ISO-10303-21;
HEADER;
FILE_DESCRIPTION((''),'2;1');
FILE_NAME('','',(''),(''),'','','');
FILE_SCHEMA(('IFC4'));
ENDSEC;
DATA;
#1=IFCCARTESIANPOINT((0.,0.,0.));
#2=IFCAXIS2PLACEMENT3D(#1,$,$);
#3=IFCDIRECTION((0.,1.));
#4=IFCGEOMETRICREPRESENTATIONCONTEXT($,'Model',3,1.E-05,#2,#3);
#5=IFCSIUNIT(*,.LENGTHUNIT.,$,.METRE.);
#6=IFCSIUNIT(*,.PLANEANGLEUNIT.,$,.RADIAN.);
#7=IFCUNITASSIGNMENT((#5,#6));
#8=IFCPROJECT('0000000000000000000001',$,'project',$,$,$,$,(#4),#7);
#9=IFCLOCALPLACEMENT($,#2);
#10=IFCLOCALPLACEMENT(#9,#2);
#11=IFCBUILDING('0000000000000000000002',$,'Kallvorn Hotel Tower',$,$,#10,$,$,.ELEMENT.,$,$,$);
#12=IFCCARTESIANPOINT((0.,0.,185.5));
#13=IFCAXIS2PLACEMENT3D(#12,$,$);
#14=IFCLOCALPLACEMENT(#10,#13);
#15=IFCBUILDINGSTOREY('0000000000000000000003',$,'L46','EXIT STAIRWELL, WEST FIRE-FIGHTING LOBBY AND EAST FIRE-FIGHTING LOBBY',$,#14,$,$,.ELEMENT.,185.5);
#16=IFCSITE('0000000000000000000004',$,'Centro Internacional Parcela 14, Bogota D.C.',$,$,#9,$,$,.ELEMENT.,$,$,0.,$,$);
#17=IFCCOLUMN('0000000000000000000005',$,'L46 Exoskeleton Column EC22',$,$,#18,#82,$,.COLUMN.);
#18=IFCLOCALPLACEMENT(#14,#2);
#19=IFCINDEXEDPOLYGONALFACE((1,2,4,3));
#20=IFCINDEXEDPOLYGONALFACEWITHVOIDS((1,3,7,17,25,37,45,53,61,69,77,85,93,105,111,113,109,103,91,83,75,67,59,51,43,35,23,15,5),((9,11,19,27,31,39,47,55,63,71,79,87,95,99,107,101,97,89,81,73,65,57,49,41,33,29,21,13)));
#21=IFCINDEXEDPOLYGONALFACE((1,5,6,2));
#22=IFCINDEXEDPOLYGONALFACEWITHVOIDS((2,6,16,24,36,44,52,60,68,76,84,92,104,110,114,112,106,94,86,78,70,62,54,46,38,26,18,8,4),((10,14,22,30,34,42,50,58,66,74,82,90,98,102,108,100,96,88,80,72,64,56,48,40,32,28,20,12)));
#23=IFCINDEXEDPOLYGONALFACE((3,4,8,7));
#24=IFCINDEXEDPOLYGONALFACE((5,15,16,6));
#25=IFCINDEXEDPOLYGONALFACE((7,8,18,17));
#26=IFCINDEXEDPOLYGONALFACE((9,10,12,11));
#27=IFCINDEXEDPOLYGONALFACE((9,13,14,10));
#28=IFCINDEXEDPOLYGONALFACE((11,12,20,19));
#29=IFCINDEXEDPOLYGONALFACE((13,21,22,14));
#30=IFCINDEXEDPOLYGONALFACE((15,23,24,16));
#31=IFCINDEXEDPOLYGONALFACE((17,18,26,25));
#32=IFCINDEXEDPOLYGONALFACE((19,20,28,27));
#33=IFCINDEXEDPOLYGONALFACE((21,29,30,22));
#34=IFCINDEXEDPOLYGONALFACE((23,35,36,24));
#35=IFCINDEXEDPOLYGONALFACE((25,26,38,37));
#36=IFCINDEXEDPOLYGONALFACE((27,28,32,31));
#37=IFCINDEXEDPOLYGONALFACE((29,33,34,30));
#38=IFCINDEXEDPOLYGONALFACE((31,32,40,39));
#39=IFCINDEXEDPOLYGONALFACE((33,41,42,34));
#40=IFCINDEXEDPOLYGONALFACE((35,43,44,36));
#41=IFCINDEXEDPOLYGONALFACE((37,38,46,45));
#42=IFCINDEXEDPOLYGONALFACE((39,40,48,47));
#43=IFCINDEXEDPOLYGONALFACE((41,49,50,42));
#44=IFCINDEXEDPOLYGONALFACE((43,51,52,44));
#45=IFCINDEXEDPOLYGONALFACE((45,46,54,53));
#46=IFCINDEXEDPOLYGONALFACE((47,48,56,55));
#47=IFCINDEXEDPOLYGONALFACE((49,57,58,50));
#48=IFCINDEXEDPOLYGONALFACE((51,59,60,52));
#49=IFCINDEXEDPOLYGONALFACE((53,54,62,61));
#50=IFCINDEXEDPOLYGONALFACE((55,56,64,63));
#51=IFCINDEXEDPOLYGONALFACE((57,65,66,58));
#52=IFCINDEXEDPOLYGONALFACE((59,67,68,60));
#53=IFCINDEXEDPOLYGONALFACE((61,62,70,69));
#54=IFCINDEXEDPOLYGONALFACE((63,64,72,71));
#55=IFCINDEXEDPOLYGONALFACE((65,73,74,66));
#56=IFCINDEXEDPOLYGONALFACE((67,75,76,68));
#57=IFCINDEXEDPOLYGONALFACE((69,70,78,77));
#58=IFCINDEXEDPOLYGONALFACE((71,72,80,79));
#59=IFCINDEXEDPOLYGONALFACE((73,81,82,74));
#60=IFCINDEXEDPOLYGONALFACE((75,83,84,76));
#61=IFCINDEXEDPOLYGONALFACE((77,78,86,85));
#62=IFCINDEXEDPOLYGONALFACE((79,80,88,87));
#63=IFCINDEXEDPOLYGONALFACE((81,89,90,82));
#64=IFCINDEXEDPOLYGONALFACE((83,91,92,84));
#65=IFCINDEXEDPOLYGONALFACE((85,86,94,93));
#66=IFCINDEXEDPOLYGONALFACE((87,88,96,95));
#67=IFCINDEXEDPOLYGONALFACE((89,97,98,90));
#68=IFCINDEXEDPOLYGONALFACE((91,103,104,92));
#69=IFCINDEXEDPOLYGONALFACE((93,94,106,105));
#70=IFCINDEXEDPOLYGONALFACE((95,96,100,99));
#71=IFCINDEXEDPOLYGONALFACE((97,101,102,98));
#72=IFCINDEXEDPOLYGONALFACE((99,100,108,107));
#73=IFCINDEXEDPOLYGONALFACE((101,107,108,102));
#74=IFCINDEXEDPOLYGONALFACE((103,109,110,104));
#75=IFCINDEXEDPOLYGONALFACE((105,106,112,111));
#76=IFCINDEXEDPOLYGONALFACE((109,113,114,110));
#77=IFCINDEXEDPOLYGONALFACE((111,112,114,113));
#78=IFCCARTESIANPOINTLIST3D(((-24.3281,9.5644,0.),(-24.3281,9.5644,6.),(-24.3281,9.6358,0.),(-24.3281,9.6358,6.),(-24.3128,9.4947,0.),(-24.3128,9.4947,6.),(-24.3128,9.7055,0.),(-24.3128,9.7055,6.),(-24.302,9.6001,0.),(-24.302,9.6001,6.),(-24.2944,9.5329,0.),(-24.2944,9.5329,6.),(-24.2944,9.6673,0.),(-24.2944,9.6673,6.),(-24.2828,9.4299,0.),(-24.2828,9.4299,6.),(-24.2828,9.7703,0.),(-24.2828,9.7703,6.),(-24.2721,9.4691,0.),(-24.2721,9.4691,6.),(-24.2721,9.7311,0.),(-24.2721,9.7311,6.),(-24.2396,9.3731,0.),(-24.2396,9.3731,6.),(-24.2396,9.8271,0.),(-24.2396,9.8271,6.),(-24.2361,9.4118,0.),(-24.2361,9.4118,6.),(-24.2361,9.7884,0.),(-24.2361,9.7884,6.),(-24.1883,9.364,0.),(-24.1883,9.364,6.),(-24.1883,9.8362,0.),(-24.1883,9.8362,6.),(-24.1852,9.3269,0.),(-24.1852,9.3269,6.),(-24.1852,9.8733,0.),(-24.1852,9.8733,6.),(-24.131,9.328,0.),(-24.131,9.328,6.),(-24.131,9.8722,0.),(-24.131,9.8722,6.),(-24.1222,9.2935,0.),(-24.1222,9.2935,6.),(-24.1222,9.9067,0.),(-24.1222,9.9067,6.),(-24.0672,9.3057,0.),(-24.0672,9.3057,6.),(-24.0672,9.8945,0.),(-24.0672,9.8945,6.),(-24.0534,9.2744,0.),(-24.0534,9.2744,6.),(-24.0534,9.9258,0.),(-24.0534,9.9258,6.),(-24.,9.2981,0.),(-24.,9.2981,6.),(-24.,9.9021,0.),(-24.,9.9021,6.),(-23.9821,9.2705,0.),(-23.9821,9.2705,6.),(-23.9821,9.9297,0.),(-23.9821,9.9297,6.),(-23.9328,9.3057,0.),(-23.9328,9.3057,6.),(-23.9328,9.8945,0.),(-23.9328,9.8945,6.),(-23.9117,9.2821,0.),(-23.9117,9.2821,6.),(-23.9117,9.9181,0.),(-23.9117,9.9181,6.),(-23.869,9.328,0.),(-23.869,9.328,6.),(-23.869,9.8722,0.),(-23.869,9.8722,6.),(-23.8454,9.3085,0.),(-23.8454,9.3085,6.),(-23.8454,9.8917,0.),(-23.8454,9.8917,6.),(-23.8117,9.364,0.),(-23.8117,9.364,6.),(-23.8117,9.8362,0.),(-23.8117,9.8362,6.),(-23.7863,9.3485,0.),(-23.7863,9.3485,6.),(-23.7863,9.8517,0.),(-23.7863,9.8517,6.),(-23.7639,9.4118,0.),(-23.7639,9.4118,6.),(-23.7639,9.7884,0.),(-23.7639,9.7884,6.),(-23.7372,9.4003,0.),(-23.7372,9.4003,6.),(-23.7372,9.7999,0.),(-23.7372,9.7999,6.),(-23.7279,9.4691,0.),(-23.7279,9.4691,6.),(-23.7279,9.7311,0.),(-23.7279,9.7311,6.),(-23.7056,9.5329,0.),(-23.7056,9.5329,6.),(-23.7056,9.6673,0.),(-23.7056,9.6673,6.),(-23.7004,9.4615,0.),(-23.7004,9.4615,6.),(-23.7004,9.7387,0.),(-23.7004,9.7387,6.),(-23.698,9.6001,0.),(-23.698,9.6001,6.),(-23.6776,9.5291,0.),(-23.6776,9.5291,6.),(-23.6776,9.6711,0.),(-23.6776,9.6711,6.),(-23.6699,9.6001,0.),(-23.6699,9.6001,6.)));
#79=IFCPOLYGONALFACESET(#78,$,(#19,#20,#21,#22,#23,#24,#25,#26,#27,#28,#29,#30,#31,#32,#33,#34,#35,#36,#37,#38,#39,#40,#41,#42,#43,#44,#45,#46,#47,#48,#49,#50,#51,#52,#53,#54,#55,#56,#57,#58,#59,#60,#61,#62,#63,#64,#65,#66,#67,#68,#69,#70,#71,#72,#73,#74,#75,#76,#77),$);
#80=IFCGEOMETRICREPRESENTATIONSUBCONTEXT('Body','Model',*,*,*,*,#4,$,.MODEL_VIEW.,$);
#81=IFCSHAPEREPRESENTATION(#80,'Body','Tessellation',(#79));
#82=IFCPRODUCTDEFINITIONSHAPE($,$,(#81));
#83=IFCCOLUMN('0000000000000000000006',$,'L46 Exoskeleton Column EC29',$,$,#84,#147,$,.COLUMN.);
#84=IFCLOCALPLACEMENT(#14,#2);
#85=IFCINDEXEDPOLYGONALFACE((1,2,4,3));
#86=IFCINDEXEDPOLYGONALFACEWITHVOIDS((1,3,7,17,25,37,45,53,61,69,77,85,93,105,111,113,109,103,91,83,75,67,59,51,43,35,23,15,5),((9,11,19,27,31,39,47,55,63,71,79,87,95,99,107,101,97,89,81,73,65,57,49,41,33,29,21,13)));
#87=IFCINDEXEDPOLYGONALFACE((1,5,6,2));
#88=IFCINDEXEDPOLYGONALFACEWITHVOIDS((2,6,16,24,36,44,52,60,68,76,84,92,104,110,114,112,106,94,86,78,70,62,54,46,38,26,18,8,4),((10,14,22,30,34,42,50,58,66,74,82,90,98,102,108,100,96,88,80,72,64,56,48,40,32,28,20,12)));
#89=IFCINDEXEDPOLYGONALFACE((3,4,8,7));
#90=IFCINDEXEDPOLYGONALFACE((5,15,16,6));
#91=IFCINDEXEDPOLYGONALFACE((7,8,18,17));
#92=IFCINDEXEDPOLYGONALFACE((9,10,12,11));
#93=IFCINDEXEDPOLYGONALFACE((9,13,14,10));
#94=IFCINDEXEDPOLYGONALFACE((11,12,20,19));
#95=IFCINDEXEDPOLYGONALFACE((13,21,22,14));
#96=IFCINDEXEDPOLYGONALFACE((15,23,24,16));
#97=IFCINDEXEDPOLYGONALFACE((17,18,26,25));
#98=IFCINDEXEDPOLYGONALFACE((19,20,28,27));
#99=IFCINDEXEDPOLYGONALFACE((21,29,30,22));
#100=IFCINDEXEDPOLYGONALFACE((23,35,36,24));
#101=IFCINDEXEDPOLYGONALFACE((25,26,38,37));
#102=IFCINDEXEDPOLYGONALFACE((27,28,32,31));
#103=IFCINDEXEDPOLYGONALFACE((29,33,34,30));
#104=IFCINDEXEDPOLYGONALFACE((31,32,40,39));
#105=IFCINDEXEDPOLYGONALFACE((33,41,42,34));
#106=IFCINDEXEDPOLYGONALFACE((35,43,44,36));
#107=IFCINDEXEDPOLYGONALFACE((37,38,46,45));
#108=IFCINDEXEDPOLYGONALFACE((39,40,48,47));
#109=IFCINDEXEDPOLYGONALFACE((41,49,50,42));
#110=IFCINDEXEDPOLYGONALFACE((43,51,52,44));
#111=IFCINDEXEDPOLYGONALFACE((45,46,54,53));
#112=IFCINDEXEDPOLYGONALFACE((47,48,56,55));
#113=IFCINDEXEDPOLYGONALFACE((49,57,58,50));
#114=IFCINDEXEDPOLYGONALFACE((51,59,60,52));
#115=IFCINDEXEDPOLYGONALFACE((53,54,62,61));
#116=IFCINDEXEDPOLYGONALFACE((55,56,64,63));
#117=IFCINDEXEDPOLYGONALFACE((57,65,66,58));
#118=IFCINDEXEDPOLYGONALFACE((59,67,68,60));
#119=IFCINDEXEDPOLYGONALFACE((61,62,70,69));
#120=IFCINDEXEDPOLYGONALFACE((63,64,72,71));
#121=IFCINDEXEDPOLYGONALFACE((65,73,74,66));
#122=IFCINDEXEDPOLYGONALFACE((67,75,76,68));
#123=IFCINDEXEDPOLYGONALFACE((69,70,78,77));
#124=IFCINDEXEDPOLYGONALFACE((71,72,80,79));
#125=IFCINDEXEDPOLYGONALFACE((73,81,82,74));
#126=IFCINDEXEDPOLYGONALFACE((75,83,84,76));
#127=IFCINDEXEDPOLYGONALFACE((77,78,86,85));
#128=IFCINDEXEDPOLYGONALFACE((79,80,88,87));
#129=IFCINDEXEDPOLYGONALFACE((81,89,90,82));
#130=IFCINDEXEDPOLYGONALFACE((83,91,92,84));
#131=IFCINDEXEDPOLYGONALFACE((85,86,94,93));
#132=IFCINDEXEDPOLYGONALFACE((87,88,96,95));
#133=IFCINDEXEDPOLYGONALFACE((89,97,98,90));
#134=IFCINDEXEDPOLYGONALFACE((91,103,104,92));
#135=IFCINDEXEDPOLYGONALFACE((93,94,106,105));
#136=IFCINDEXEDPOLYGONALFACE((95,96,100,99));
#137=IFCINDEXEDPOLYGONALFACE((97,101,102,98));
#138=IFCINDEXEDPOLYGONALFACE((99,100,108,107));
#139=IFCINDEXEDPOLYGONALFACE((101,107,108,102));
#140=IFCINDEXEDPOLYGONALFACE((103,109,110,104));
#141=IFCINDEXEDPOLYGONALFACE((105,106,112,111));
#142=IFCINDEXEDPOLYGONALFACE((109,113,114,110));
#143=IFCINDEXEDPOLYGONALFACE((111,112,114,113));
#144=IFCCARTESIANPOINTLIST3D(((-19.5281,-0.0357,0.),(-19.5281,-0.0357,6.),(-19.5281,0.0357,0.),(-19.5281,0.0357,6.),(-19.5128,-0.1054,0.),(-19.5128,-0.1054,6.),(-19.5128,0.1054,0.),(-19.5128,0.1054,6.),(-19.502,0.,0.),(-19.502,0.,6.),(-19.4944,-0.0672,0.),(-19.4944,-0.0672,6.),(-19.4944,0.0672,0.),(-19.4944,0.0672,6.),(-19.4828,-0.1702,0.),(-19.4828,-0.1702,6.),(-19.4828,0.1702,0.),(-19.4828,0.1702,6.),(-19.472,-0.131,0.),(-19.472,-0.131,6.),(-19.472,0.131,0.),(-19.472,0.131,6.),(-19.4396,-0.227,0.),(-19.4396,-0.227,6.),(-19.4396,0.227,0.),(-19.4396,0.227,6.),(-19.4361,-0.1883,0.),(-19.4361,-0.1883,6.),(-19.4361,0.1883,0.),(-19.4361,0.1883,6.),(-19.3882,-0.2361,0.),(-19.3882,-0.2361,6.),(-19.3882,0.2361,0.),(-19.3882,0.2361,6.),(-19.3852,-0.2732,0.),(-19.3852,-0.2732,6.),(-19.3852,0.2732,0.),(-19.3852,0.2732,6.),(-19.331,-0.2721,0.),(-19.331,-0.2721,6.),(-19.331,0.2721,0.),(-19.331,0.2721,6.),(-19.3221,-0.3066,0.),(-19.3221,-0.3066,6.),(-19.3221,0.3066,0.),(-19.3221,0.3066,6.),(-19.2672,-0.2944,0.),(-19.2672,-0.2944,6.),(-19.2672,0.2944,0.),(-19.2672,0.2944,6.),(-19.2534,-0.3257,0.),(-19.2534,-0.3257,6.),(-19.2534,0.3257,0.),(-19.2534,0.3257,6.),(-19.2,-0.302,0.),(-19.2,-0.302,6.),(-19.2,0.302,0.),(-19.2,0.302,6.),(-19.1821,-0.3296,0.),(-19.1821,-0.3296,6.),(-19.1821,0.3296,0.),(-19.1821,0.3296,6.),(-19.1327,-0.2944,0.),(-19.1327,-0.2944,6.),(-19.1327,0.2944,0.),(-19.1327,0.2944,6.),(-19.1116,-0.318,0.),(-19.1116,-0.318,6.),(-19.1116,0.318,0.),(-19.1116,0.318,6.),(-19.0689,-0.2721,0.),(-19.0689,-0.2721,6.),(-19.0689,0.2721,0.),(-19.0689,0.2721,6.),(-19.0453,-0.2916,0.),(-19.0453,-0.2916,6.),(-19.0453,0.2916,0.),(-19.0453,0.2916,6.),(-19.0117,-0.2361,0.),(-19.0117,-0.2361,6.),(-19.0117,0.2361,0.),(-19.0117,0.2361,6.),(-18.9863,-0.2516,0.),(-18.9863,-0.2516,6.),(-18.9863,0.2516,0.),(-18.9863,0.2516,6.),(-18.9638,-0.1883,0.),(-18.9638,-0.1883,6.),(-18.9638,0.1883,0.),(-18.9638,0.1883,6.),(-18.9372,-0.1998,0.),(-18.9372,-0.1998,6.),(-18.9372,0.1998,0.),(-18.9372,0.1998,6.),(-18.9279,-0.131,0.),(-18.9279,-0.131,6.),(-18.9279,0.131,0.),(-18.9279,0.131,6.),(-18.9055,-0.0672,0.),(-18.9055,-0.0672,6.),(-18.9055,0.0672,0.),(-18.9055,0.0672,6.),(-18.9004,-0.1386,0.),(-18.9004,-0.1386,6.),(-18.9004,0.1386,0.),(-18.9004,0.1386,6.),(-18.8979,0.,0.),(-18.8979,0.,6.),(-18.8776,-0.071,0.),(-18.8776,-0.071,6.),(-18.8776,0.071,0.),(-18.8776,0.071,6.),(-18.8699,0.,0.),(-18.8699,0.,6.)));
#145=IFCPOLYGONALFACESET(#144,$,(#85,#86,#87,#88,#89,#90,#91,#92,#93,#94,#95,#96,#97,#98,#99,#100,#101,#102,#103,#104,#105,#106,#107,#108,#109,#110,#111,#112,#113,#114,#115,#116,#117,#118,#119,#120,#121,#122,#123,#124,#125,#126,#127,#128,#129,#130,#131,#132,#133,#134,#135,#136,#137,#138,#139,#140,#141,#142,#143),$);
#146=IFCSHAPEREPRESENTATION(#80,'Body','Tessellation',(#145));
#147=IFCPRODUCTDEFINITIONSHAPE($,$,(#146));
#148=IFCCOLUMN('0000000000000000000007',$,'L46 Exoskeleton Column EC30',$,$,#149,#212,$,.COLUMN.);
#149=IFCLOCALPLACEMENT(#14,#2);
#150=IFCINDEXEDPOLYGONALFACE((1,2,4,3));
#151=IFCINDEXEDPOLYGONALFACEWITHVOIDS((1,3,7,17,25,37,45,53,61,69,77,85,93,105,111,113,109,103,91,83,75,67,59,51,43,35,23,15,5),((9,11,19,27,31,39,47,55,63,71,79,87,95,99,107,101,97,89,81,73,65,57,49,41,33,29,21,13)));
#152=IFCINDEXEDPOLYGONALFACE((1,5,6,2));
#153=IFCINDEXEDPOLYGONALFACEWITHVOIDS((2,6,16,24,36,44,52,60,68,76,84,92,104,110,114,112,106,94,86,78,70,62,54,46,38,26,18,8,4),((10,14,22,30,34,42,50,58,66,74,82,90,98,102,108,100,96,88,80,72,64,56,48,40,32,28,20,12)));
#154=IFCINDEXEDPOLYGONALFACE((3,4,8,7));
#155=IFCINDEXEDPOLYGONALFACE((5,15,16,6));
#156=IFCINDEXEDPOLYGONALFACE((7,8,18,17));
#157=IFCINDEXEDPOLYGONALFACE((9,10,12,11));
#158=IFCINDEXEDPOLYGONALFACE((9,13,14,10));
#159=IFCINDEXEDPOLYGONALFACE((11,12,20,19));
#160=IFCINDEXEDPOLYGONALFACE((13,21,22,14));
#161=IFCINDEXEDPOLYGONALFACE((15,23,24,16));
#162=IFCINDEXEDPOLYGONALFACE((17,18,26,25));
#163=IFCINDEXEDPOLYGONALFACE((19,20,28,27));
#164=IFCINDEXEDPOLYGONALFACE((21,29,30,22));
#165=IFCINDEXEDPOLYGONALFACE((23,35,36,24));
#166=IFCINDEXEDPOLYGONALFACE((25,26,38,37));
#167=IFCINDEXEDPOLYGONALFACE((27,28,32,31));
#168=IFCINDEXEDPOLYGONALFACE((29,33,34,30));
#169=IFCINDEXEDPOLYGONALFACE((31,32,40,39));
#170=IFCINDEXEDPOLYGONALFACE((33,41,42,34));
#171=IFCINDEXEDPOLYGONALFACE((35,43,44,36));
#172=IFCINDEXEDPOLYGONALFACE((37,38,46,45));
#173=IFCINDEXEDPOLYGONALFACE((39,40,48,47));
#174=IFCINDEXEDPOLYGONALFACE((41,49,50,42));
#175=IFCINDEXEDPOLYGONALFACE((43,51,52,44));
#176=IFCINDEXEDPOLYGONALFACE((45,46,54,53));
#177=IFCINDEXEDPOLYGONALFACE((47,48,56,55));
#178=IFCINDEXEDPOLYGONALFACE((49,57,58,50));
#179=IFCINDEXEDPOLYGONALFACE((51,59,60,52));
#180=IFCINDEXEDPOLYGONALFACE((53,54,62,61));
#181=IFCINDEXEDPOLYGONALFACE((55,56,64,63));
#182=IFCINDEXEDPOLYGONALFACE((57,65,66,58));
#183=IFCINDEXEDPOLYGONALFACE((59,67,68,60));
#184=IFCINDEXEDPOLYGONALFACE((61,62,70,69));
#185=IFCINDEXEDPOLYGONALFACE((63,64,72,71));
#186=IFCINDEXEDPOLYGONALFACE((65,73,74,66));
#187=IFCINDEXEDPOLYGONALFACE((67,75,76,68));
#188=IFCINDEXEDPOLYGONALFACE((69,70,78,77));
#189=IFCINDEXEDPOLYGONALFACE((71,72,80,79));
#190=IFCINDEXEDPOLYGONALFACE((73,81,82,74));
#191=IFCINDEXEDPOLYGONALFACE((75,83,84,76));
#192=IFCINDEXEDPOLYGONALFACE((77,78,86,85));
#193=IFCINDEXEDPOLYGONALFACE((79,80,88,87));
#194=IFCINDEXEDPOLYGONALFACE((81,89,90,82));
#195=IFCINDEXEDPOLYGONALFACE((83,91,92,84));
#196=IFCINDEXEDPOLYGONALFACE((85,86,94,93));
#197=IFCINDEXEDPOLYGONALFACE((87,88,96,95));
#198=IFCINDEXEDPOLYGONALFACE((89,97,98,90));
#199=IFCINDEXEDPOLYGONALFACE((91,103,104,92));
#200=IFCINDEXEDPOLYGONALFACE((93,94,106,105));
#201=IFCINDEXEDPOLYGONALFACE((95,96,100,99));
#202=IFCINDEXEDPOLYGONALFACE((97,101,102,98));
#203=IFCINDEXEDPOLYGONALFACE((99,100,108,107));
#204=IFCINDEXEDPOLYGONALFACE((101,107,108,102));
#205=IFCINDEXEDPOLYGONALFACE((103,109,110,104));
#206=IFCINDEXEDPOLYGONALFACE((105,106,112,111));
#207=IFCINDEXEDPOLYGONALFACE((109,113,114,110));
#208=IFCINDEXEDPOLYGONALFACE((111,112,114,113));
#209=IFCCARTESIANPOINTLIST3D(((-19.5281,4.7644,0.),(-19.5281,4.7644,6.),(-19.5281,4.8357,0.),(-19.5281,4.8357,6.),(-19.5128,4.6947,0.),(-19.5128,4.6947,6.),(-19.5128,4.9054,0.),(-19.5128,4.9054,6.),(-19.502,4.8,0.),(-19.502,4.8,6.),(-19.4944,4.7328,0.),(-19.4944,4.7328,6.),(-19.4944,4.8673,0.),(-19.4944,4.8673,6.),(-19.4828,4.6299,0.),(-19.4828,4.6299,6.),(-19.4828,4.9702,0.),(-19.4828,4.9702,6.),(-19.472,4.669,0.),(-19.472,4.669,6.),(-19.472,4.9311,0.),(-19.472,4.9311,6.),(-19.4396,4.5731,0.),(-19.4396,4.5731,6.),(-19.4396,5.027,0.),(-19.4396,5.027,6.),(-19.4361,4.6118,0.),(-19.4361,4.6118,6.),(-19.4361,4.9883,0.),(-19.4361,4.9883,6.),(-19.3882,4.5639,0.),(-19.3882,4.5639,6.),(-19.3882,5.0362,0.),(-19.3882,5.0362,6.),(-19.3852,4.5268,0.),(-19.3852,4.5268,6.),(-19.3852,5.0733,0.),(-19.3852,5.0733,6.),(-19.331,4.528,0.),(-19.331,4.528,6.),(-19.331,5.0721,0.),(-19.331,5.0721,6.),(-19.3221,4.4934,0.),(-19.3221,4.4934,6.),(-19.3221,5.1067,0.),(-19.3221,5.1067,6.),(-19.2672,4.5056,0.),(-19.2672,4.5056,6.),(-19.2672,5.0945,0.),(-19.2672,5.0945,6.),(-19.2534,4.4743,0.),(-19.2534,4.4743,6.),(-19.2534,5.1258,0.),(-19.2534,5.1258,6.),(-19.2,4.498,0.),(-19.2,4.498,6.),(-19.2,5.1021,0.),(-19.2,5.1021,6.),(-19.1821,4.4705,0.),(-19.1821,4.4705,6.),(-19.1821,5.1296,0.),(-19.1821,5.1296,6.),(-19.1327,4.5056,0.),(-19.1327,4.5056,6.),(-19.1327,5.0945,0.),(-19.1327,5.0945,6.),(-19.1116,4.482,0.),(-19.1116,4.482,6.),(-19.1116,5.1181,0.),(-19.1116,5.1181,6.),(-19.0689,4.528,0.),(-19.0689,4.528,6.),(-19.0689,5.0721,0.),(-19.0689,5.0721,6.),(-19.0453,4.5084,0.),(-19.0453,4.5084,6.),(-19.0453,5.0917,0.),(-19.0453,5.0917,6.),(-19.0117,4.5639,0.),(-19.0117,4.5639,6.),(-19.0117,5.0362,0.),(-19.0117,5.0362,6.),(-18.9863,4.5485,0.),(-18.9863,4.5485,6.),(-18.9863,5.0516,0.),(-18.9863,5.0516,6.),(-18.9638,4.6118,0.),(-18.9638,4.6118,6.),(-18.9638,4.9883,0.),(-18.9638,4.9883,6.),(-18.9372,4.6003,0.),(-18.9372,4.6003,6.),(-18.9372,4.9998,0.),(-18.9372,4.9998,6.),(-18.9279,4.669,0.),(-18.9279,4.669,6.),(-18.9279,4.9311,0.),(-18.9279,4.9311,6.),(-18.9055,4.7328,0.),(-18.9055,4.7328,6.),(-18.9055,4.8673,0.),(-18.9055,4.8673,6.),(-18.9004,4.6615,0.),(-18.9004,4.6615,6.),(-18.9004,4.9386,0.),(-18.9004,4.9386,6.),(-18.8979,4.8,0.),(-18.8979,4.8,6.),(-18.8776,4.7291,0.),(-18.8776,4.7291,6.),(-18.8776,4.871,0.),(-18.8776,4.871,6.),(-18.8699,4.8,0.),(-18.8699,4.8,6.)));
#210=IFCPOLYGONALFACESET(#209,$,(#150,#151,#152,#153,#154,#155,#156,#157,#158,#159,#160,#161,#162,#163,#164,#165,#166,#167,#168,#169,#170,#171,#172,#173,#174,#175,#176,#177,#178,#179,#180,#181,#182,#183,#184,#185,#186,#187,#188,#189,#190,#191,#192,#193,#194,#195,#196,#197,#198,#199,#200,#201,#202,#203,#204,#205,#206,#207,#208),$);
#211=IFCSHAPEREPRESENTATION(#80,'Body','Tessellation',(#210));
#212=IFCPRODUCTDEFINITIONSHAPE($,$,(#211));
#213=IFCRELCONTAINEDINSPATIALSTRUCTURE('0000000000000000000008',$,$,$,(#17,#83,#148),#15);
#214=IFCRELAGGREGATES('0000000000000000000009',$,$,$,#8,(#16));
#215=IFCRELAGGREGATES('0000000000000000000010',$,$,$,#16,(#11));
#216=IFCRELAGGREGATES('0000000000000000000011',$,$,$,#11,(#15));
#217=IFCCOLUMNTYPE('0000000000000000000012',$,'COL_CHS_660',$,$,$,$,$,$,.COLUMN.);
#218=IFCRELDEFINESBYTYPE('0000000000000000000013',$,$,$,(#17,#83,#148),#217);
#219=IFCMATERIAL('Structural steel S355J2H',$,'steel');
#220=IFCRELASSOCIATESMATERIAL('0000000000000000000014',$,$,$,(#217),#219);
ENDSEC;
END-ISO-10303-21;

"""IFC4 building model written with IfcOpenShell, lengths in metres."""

from ifc_helpers import new_model, si_unit, direction, frame, origin, origin_2d, place, context, subcontext, project, spatial, hollow_circle, extrude, material, material_profile, profile_set, type_object, element, save


model = new_model("IFC4")

# Units and contexts
model_context = context("Model", 3, precision=1e-05, world=origin(), true_north=direction((0.0, 1.0)))
body_context = subcontext(model_context, "Body", "Model", "MODEL_VIEW")
ifc_project = project(units=[si_unit("LENGTHUNIT", "METRE"), si_unit("PLANEANGLEUNIT", "RADIAN")], contexts=[model_context])

# Site, building, storey
site_placement = place(None, origin())
site = spatial("IfcSite", under=ifc_project, at=site_placement, Name="Centro Internacional Parcela 14, Bogota D.C.", CompositionType="ELEMENT", RefElevation=0.0)
building_placement = place(site_placement, origin())
building = spatial("IfcBuilding", under=site, at=building_placement, Name="Kallvorn Hotel Tower", CompositionType="ELEMENT")
storey_placement = place(building_placement, frame((0.0, 0.0, 185.5)))
storey = spatial("IfcBuildingStorey", under=building, at=storey_placement, Name="L46", Description="EXIT STAIRWELL, WEST FIRE-FIGHTING LOBBY AND EAST FIRE-FIGHTING LOBBY", CompositionType="ELEMENT", Elevation=185.5)

# Columns
ifc_material_1 = material(Name="Structural steel S355J2H", Category="steel")
ifc_material_profile_1 = material_profile(ifc_material_1, hollow_circle(Radius=0.3301, WallThickness=0.0281, at=origin_2d()), Name="CHS 660x28")
ifc_profile_set_1 = profile_set([ifc_material_profile_1], Name="Structural steel S355J2H")
column_type_1 = type_object("IfcColumnType", Name="COL_CHS_660", PredefinedType="COLUMN", material=ifc_profile_set_1)
for number, where, z_axis, x_axis, name in (
    (1, (-24.0, 9.6001, 0.0), (0.0, 0.0, 1.0), (1.0, 0.0, 0.0), "L46 Exoskeleton Column EC22"),
    (2, (-19.2, 0.0, 0.0), (0.0, 0.0, 1.0), (1.0, 0.0, 0.0), "L46 Exoskeleton Column EC29"),
    (3, (-19.2, 4.8, 0.0), (0.0, 0.0, 1.0), (1.0, 0.0, 0.0), "L46 Exoskeleton Column EC30"),
):
    element("IfcColumn", number, at=place(storey_placement, frame(where, z_axis=z_axis, x_axis=x_axis)), inside=storey, type_object=column_type_1, Name=name, PredefinedType="COLUMN", context=body_context, shape_type="SweptSolid", body=[
        extrude(hollow_circle(Radius=0.3301, WallThickness=0.0281, at=origin_2d()), origin(), (0.0, 0.0, 1.0), 6.0),
    ])

save(model, "model.ifc")
